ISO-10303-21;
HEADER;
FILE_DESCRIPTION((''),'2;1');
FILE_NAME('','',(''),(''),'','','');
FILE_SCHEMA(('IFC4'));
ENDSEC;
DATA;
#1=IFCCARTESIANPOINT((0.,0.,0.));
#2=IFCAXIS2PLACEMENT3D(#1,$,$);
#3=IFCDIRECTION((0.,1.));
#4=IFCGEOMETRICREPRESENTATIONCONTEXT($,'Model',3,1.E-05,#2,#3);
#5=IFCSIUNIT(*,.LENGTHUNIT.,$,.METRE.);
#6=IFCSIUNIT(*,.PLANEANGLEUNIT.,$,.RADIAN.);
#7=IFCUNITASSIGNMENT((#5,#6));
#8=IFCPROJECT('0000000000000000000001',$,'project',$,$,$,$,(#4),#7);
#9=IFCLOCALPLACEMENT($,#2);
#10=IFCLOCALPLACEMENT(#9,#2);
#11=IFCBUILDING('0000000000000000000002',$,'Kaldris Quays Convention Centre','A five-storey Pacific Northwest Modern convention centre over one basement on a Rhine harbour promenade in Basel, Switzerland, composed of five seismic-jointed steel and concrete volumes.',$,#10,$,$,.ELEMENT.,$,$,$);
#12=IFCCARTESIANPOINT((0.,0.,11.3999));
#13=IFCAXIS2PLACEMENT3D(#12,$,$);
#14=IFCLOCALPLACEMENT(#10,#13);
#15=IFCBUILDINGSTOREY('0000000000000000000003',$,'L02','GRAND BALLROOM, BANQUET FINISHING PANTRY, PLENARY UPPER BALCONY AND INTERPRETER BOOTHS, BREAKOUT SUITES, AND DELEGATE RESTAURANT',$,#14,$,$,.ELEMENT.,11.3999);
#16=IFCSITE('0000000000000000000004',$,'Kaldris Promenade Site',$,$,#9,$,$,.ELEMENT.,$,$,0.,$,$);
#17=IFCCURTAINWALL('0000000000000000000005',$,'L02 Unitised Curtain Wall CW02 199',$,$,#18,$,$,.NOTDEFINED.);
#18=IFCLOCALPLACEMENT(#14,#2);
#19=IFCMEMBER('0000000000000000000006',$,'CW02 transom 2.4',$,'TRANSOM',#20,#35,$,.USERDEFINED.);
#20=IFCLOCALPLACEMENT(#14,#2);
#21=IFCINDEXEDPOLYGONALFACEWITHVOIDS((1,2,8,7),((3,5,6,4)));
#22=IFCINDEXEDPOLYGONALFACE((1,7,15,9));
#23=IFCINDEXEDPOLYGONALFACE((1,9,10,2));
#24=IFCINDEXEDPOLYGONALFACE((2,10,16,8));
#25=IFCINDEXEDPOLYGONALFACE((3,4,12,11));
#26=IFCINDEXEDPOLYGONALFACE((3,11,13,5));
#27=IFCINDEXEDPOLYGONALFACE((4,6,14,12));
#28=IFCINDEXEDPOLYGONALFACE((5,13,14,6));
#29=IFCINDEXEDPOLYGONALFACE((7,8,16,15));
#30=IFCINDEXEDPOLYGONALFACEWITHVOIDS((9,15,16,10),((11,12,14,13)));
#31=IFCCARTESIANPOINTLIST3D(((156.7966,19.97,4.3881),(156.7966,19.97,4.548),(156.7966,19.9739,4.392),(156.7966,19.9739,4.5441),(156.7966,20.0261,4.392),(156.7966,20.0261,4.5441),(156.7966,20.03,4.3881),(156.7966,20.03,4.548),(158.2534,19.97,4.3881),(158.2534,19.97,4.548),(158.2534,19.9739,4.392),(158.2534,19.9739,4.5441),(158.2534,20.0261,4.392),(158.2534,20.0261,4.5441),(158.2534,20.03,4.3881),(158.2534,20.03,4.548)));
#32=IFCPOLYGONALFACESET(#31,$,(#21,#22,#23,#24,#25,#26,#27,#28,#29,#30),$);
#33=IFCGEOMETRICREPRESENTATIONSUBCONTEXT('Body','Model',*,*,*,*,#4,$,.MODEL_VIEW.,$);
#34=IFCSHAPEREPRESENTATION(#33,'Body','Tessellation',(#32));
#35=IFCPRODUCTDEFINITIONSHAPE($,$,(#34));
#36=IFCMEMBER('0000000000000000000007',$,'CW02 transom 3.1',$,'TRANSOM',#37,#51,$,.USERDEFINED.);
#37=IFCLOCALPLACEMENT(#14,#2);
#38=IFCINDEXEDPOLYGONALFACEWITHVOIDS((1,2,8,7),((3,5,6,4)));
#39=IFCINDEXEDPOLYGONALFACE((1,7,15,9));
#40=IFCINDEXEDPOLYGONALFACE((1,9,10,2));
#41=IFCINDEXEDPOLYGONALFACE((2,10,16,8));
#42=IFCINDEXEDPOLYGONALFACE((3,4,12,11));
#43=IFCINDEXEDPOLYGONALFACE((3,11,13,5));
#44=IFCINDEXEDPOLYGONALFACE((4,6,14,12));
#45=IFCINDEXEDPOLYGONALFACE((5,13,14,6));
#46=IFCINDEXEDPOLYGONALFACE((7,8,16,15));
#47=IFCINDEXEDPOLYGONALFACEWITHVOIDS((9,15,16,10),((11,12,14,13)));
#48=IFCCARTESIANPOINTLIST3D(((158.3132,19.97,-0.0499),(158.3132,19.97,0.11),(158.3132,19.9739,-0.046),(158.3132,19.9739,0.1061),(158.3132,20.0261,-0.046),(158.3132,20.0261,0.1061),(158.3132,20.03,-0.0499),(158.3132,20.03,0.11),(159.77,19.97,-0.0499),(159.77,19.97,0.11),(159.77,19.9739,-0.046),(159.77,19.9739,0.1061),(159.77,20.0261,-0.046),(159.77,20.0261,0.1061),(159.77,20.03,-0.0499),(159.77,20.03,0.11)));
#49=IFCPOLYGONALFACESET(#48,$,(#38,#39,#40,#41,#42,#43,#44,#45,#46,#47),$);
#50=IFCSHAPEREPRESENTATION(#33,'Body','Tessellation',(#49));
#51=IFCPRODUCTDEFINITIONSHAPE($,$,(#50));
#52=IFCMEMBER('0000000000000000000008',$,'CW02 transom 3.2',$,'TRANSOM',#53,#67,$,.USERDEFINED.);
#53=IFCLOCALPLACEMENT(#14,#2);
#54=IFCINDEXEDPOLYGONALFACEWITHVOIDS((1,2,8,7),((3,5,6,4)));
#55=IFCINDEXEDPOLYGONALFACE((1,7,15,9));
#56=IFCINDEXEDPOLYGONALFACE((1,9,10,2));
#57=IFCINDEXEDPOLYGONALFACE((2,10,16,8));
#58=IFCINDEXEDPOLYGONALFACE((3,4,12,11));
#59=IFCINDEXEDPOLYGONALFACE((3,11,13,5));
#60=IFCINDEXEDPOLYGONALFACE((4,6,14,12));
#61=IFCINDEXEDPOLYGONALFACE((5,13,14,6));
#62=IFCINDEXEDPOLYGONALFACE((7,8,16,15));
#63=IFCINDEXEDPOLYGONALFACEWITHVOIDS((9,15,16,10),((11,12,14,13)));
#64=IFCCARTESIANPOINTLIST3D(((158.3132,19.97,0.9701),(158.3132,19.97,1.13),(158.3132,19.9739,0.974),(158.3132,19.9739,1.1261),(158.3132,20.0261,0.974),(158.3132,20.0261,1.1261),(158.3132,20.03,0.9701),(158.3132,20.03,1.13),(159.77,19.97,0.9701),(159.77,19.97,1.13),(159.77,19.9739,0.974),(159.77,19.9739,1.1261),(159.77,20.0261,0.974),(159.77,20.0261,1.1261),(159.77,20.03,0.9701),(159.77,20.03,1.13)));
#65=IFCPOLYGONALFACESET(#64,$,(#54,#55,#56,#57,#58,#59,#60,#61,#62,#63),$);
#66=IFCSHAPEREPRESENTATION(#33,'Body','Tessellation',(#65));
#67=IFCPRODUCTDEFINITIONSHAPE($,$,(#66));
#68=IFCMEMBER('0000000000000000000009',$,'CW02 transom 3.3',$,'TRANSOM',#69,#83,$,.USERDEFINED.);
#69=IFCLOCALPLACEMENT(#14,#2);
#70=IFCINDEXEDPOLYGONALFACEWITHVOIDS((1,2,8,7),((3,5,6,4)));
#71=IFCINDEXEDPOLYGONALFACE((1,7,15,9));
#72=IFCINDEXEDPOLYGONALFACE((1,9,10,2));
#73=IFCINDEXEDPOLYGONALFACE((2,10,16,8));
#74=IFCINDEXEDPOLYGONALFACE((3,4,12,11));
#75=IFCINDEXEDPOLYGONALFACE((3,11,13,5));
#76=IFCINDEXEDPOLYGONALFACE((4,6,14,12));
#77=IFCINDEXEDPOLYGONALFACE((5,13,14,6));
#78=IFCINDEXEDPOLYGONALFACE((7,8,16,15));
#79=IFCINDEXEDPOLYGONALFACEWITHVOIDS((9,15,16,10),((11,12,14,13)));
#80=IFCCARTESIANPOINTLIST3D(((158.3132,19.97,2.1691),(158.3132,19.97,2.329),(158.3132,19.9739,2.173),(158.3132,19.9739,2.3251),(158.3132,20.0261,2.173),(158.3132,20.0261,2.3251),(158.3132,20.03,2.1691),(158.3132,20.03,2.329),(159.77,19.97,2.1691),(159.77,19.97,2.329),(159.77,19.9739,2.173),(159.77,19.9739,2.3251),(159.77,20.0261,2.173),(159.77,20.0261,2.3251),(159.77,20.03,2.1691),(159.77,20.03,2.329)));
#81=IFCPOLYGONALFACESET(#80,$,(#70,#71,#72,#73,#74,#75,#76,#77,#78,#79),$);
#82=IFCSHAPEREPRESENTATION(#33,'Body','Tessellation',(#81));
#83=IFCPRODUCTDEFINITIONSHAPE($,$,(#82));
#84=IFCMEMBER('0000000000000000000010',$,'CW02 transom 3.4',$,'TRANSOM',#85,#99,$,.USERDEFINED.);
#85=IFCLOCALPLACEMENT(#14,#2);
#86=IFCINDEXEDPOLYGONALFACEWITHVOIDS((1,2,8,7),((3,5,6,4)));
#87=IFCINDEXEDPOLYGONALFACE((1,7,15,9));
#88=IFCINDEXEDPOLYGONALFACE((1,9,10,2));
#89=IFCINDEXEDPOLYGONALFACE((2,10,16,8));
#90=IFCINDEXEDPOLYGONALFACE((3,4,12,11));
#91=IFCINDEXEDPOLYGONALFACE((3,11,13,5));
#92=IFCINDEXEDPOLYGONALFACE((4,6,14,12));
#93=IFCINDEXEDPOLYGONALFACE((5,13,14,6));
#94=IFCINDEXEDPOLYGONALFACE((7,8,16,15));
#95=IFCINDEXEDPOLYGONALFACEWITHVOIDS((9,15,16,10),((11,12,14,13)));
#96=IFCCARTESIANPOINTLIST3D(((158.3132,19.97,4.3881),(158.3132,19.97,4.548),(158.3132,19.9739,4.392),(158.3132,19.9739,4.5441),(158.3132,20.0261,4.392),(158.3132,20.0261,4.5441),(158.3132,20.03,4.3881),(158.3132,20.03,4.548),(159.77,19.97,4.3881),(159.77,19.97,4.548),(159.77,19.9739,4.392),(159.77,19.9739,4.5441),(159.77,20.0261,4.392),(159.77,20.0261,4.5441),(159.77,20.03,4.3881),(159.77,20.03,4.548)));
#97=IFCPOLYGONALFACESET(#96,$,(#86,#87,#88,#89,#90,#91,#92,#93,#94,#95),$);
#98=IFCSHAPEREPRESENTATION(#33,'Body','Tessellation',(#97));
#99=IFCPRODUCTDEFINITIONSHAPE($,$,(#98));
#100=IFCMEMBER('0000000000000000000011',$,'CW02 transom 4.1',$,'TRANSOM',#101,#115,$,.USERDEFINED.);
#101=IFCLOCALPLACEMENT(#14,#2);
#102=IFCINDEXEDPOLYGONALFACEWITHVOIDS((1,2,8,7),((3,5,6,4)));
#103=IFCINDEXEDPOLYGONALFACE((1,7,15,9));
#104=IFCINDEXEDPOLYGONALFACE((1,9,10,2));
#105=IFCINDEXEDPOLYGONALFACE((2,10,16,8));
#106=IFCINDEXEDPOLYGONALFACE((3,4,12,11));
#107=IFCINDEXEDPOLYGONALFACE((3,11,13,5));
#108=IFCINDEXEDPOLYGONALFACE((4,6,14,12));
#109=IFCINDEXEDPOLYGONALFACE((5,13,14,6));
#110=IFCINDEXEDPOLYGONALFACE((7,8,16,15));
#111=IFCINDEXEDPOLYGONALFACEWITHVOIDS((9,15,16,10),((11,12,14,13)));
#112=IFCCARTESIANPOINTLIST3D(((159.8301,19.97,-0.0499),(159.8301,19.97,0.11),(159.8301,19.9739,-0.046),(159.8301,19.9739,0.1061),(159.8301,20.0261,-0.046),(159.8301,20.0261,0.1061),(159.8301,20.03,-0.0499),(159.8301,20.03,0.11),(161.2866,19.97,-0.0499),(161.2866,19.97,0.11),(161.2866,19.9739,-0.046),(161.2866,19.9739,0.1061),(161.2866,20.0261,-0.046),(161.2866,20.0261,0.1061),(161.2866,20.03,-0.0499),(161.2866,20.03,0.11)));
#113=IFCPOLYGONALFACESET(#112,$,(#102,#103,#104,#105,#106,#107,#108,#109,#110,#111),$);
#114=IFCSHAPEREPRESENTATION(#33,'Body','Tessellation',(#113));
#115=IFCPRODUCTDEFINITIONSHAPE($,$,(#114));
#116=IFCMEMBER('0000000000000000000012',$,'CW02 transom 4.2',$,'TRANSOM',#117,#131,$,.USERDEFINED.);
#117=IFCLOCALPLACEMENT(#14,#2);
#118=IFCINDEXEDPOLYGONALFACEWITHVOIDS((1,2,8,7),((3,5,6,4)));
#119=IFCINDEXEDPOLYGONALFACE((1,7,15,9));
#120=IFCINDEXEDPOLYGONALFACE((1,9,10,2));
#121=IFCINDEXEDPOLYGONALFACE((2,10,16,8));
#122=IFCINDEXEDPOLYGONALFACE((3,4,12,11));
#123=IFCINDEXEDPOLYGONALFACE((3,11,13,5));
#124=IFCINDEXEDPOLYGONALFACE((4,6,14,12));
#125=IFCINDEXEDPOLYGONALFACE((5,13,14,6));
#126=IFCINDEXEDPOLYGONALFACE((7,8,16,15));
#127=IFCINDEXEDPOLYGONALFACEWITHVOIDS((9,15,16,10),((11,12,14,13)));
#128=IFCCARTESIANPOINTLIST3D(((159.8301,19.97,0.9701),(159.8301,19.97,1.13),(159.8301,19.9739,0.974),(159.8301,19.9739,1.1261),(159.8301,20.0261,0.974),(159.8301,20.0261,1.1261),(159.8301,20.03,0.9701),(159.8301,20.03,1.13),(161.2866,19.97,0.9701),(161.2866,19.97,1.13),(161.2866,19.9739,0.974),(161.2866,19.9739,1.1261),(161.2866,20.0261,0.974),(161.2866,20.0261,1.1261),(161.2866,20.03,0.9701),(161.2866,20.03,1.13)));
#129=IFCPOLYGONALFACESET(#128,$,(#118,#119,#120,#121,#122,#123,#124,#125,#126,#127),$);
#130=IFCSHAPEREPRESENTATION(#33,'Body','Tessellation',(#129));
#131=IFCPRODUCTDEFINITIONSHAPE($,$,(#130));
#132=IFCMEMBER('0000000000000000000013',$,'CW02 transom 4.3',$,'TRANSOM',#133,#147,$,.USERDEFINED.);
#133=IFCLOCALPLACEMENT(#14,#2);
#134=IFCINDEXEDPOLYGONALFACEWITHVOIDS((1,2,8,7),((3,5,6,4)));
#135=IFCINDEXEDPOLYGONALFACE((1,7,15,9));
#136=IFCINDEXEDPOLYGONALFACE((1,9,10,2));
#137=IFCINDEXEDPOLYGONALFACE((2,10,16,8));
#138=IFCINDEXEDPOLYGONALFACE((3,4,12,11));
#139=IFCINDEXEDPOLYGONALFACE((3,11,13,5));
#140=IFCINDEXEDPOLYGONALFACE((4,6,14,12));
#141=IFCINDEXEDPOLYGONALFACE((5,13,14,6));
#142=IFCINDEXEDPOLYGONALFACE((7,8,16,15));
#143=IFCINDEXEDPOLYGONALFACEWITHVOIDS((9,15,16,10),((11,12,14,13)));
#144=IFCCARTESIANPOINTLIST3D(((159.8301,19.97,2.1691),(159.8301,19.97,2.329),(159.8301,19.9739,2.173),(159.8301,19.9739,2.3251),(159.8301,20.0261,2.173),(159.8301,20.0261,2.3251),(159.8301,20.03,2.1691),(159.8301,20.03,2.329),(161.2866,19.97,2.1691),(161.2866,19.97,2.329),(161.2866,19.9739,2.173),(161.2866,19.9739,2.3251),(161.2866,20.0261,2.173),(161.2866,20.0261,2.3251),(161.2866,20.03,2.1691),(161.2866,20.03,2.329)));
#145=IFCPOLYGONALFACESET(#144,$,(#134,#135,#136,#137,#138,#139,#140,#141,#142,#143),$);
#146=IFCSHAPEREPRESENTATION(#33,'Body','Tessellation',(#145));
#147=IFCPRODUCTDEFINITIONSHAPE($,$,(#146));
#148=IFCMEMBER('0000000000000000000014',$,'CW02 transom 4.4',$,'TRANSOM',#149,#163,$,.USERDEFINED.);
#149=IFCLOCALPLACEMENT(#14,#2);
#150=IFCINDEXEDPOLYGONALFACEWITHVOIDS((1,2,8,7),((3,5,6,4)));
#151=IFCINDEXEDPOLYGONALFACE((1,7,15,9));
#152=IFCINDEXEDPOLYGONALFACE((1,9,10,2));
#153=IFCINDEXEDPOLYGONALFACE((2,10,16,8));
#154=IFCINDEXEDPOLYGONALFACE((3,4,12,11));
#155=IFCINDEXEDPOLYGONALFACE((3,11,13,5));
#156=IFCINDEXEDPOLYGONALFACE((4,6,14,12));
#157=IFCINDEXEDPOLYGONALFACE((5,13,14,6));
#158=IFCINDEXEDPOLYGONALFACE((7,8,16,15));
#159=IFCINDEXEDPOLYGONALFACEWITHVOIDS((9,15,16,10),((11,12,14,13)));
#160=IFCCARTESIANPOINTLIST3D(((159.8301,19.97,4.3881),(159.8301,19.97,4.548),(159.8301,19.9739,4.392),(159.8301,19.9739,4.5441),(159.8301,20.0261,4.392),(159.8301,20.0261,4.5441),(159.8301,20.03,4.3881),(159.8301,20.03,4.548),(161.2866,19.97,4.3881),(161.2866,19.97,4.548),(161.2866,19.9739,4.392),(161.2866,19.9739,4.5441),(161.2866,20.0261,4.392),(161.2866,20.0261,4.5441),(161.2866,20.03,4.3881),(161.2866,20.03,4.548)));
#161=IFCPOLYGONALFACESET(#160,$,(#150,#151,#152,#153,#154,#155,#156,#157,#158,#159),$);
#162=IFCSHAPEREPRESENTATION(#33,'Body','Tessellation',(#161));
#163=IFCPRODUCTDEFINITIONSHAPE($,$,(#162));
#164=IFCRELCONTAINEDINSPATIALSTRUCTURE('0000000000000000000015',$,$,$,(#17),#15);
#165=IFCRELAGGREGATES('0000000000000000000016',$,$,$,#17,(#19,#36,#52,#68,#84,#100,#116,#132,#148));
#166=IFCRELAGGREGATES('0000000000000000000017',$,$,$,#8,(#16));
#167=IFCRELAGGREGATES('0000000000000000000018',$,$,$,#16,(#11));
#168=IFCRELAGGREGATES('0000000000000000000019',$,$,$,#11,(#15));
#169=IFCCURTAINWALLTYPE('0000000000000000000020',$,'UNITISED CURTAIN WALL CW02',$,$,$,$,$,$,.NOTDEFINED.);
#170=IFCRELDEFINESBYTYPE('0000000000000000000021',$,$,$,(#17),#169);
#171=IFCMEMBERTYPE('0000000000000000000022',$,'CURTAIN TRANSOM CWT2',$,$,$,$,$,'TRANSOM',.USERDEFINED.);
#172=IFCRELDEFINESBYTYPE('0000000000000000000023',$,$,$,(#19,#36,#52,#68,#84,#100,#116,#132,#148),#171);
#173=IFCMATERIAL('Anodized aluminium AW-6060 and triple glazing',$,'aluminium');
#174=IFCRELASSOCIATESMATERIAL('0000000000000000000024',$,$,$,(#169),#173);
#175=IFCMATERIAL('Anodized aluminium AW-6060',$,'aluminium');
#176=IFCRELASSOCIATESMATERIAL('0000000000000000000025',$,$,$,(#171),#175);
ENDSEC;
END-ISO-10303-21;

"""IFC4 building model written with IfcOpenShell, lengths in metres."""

from ifc_helpers import new_model, si_unit, direction, frame, origin, origin_2d, place, context, subcontext, project, spatial, hollow_rectangle, extrude, material, material_profile, profile_set, type_object, element, aggregate, save


model = new_model("IFC4")

# Units and contexts
model_context = context("Model", 3, precision=1e-05, world=origin(), true_north=direction((0.0, 1.0)))
body_context = subcontext(model_context, "Body", "Model", "MODEL_VIEW")
ifc_project = project(units=[si_unit("LENGTHUNIT", "METRE"), si_unit("PLANEANGLEUNIT", "RADIAN")], contexts=[model_context])

# Site, building, storey
site_placement = place(None, origin())
site = spatial("IfcSite", under=ifc_project, at=site_placement, Name="Kaldris Promenade Site", CompositionType="ELEMENT", RefElevation=0.0)
building_placement = place(site_placement, origin())
building = spatial("IfcBuilding", under=site, at=building_placement, Name="Kaldris Quays Convention Centre", Description="A five-storey Pacific Northwest Modern convention centre over one basement on a Rhine harbour promenade in Basel, Switzerland, composed of five seismic-jointed steel and concrete volumes.", CompositionType="ELEMENT")
storey_placement = place(building_placement, frame((0.0, 0.0, 11.3999)))
storey = spatial("IfcBuildingStorey", under=building, at=storey_placement, Name="L02", Description="GRAND BALLROOM, BANQUET FINISHING PANTRY, PLENARY UPPER BALCONY AND INTERPRETER BOOTHS, BREAKOUT SUITES, AND DELEGATE RESTAURANT", CompositionType="ELEMENT", Elevation=11.3999)

# Curtain wall, members
ifc_material_1 = material(Name="Anodized aluminium AW-6060 and triple glazing", Category="aluminium")
curtain_wall_type = type_object("IfcCurtainWallType", Name="UNITISED CURTAIN WALL CW02", PredefinedType="NOTDEFINED", material=ifc_material_1)
curtain_wall_placement = place(storey_placement, origin())
curtain_wall = element("IfcCurtainWall", 1, at=curtain_wall_placement, inside=storey, type_object=curtain_wall_type, Name="L02 Unitised Curtain Wall CW02 199", PredefinedType="NOTDEFINED")
ifc_material_2 = material(Name="Anodized aluminium AW-6060", Category="aluminium")
ifc_material_profile_1 = material_profile(ifc_material_2, hollow_rectangle(XDim=0.0601, YDim=0.1599, WallThickness=0.0039, at=origin_2d()), Name="RHS 160x60x4")
ifc_profile_set_1 = profile_set([ifc_material_profile_1], Name="Anodized aluminium AW-6060")
member_type_1 = type_object("IfcMemberType", Name="CURTAIN TRANSOM CWT2", ElementType="TRANSOM", PredefinedType="USERDEFINED", material=ifc_profile_set_1)
member_1_placement = place(storey_placement, frame((156.7966, 20.0, 4.468), z_axis=(1.0, 0.0, 0.0), x_axis=(0.0, 1.0, 0.0)))
member_1 = element("IfcMember", 2, at=member_1_placement, type_object=member_type_1, Name="CW02 transom 2.4", ObjectType="TRANSOM", PredefinedType="USERDEFINED", context=body_context, shape_type="SweptSolid", body=[
    extrude(hollow_rectangle(XDim=0.0601, YDim=0.1599, WallThickness=0.0039, at=origin_2d()), origin(), (0.0, 0.0, 1.0), 1.4568),
])
member_2_placement = place(storey_placement, frame((158.3132, 20.0, 0.03), z_axis=(1.0, 0.0, 0.0), x_axis=(0.0, 1.0, 0.0)))
member_2 = element("IfcMember", 3, at=member_2_placement, type_object=member_type_1, Name="CW02 transom 3.1", ObjectType="TRANSOM", PredefinedType="USERDEFINED", context=body_context, shape_type="SweptSolid", body=[
    extrude(hollow_rectangle(XDim=0.0601, YDim=0.1599, WallThickness=0.0039, at=origin_2d()), origin(), (0.0, 0.0, 1.0), 1.4568),
])
member_3_placement = place(storey_placement, frame((158.3132, 20.0, 1.05), z_axis=(1.0, 0.0, 0.0), x_axis=(0.0, 1.0, 0.0)))
member_3 = element("IfcMember", 4, at=member_3_placement, type_object=member_type_1, Name="CW02 transom 3.2", ObjectType="TRANSOM", PredefinedType="USERDEFINED", context=body_context, shape_type="SweptSolid", body=[
    extrude(hollow_rectangle(XDim=0.0601, YDim=0.1599, WallThickness=0.0039, at=origin_2d()), origin(), (0.0, 0.0, 1.0), 1.4568),
])
member_4_placement = place(storey_placement, frame((158.3132, 20.0, 2.249), z_axis=(1.0, 0.0, 0.0), x_axis=(0.0, 1.0, 0.0)))
member_4 = element("IfcMember", 5, at=member_4_placement, type_object=member_type_1, Name="CW02 transom 3.3", ObjectType="TRANSOM", PredefinedType="USERDEFINED", context=body_context, shape_type="SweptSolid", body=[
    extrude(hollow_rectangle(XDim=0.0601, YDim=0.1599, WallThickness=0.0039, at=origin_2d()), origin(), (0.0, 0.0, 1.0), 1.4568),
])
member_5_placement = place(storey_placement, frame((158.3132, 20.0, 4.468), z_axis=(1.0, 0.0, 0.0), x_axis=(0.0, 1.0, 0.0)))
member_5 = element("IfcMember", 6, at=member_5_placement, type_object=member_type_1, Name="CW02 transom 3.4", ObjectType="TRANSOM", PredefinedType="USERDEFINED", context=body_context, shape_type="SweptSolid", body=[
    extrude(hollow_rectangle(XDim=0.0601, YDim=0.1599, WallThickness=0.0039, at=origin_2d()), origin(), (0.0, 0.0, 1.0), 1.4568),
])
member_6_placement = place(storey_placement, frame((159.8301, 20.0, 0.03), z_axis=(1.0, 0.0, 0.0), x_axis=(0.0, 1.0, 0.0)))
member_6 = element("IfcMember", 7, at=member_6_placement, type_object=member_type_1, Name="CW02 transom 4.1", ObjectType="TRANSOM", PredefinedType="USERDEFINED", context=body_context, shape_type="SweptSolid", body=[
    extrude(hollow_rectangle(XDim=0.0601, YDim=0.1599, WallThickness=0.0039, at=origin_2d()), origin(), (0.0, 0.0, 1.0), 1.4565),
])
member_7_placement = place(storey_placement, frame((159.8301, 20.0, 1.05), z_axis=(1.0, 0.0, 0.0), x_axis=(0.0, 1.0, 0.0)))
member_7 = element("IfcMember", 8, at=member_7_placement, type_object=member_type_1, Name="CW02 transom 4.2", ObjectType="TRANSOM", PredefinedType="USERDEFINED", context=body_context, shape_type="SweptSolid", body=[
    extrude(hollow_rectangle(XDim=0.0601, YDim=0.1599, WallThickness=0.0039, at=origin_2d()), origin(), (0.0, 0.0, 1.0), 1.4565),
])
member_8_placement = place(storey_placement, frame((159.8301, 20.0, 2.249), z_axis=(1.0, 0.0, 0.0), x_axis=(0.0, 1.0, 0.0)))
member_8 = element("IfcMember", 9, at=member_8_placement, type_object=member_type_1, Name="CW02 transom 4.3", ObjectType="TRANSOM", PredefinedType="USERDEFINED", context=body_context, shape_type="SweptSolid", body=[
    extrude(hollow_rectangle(XDim=0.0601, YDim=0.1599, WallThickness=0.0039, at=origin_2d()), origin(), (0.0, 0.0, 1.0), 1.4565),
])
member_9_placement = place(storey_placement, frame((159.8301, 20.0, 4.468), z_axis=(1.0, 0.0, 0.0), x_axis=(0.0, 1.0, 0.0)))
member_9 = element("IfcMember", 10, at=member_9_placement, type_object=member_type_1, Name="CW02 transom 4.4", ObjectType="TRANSOM", PredefinedType="USERDEFINED", context=body_context, shape_type="SweptSolid", body=[
    extrude(hollow_rectangle(XDim=0.0601, YDim=0.1599, WallThickness=0.0039, at=origin_2d()), origin(), (0.0, 0.0, 1.0), 1.4565),
])

aggregate(curtain_wall, [member_1, member_2, member_3, member_4, member_5, member_6, member_7, member_8, member_9])

save(model, "model.ifc")
